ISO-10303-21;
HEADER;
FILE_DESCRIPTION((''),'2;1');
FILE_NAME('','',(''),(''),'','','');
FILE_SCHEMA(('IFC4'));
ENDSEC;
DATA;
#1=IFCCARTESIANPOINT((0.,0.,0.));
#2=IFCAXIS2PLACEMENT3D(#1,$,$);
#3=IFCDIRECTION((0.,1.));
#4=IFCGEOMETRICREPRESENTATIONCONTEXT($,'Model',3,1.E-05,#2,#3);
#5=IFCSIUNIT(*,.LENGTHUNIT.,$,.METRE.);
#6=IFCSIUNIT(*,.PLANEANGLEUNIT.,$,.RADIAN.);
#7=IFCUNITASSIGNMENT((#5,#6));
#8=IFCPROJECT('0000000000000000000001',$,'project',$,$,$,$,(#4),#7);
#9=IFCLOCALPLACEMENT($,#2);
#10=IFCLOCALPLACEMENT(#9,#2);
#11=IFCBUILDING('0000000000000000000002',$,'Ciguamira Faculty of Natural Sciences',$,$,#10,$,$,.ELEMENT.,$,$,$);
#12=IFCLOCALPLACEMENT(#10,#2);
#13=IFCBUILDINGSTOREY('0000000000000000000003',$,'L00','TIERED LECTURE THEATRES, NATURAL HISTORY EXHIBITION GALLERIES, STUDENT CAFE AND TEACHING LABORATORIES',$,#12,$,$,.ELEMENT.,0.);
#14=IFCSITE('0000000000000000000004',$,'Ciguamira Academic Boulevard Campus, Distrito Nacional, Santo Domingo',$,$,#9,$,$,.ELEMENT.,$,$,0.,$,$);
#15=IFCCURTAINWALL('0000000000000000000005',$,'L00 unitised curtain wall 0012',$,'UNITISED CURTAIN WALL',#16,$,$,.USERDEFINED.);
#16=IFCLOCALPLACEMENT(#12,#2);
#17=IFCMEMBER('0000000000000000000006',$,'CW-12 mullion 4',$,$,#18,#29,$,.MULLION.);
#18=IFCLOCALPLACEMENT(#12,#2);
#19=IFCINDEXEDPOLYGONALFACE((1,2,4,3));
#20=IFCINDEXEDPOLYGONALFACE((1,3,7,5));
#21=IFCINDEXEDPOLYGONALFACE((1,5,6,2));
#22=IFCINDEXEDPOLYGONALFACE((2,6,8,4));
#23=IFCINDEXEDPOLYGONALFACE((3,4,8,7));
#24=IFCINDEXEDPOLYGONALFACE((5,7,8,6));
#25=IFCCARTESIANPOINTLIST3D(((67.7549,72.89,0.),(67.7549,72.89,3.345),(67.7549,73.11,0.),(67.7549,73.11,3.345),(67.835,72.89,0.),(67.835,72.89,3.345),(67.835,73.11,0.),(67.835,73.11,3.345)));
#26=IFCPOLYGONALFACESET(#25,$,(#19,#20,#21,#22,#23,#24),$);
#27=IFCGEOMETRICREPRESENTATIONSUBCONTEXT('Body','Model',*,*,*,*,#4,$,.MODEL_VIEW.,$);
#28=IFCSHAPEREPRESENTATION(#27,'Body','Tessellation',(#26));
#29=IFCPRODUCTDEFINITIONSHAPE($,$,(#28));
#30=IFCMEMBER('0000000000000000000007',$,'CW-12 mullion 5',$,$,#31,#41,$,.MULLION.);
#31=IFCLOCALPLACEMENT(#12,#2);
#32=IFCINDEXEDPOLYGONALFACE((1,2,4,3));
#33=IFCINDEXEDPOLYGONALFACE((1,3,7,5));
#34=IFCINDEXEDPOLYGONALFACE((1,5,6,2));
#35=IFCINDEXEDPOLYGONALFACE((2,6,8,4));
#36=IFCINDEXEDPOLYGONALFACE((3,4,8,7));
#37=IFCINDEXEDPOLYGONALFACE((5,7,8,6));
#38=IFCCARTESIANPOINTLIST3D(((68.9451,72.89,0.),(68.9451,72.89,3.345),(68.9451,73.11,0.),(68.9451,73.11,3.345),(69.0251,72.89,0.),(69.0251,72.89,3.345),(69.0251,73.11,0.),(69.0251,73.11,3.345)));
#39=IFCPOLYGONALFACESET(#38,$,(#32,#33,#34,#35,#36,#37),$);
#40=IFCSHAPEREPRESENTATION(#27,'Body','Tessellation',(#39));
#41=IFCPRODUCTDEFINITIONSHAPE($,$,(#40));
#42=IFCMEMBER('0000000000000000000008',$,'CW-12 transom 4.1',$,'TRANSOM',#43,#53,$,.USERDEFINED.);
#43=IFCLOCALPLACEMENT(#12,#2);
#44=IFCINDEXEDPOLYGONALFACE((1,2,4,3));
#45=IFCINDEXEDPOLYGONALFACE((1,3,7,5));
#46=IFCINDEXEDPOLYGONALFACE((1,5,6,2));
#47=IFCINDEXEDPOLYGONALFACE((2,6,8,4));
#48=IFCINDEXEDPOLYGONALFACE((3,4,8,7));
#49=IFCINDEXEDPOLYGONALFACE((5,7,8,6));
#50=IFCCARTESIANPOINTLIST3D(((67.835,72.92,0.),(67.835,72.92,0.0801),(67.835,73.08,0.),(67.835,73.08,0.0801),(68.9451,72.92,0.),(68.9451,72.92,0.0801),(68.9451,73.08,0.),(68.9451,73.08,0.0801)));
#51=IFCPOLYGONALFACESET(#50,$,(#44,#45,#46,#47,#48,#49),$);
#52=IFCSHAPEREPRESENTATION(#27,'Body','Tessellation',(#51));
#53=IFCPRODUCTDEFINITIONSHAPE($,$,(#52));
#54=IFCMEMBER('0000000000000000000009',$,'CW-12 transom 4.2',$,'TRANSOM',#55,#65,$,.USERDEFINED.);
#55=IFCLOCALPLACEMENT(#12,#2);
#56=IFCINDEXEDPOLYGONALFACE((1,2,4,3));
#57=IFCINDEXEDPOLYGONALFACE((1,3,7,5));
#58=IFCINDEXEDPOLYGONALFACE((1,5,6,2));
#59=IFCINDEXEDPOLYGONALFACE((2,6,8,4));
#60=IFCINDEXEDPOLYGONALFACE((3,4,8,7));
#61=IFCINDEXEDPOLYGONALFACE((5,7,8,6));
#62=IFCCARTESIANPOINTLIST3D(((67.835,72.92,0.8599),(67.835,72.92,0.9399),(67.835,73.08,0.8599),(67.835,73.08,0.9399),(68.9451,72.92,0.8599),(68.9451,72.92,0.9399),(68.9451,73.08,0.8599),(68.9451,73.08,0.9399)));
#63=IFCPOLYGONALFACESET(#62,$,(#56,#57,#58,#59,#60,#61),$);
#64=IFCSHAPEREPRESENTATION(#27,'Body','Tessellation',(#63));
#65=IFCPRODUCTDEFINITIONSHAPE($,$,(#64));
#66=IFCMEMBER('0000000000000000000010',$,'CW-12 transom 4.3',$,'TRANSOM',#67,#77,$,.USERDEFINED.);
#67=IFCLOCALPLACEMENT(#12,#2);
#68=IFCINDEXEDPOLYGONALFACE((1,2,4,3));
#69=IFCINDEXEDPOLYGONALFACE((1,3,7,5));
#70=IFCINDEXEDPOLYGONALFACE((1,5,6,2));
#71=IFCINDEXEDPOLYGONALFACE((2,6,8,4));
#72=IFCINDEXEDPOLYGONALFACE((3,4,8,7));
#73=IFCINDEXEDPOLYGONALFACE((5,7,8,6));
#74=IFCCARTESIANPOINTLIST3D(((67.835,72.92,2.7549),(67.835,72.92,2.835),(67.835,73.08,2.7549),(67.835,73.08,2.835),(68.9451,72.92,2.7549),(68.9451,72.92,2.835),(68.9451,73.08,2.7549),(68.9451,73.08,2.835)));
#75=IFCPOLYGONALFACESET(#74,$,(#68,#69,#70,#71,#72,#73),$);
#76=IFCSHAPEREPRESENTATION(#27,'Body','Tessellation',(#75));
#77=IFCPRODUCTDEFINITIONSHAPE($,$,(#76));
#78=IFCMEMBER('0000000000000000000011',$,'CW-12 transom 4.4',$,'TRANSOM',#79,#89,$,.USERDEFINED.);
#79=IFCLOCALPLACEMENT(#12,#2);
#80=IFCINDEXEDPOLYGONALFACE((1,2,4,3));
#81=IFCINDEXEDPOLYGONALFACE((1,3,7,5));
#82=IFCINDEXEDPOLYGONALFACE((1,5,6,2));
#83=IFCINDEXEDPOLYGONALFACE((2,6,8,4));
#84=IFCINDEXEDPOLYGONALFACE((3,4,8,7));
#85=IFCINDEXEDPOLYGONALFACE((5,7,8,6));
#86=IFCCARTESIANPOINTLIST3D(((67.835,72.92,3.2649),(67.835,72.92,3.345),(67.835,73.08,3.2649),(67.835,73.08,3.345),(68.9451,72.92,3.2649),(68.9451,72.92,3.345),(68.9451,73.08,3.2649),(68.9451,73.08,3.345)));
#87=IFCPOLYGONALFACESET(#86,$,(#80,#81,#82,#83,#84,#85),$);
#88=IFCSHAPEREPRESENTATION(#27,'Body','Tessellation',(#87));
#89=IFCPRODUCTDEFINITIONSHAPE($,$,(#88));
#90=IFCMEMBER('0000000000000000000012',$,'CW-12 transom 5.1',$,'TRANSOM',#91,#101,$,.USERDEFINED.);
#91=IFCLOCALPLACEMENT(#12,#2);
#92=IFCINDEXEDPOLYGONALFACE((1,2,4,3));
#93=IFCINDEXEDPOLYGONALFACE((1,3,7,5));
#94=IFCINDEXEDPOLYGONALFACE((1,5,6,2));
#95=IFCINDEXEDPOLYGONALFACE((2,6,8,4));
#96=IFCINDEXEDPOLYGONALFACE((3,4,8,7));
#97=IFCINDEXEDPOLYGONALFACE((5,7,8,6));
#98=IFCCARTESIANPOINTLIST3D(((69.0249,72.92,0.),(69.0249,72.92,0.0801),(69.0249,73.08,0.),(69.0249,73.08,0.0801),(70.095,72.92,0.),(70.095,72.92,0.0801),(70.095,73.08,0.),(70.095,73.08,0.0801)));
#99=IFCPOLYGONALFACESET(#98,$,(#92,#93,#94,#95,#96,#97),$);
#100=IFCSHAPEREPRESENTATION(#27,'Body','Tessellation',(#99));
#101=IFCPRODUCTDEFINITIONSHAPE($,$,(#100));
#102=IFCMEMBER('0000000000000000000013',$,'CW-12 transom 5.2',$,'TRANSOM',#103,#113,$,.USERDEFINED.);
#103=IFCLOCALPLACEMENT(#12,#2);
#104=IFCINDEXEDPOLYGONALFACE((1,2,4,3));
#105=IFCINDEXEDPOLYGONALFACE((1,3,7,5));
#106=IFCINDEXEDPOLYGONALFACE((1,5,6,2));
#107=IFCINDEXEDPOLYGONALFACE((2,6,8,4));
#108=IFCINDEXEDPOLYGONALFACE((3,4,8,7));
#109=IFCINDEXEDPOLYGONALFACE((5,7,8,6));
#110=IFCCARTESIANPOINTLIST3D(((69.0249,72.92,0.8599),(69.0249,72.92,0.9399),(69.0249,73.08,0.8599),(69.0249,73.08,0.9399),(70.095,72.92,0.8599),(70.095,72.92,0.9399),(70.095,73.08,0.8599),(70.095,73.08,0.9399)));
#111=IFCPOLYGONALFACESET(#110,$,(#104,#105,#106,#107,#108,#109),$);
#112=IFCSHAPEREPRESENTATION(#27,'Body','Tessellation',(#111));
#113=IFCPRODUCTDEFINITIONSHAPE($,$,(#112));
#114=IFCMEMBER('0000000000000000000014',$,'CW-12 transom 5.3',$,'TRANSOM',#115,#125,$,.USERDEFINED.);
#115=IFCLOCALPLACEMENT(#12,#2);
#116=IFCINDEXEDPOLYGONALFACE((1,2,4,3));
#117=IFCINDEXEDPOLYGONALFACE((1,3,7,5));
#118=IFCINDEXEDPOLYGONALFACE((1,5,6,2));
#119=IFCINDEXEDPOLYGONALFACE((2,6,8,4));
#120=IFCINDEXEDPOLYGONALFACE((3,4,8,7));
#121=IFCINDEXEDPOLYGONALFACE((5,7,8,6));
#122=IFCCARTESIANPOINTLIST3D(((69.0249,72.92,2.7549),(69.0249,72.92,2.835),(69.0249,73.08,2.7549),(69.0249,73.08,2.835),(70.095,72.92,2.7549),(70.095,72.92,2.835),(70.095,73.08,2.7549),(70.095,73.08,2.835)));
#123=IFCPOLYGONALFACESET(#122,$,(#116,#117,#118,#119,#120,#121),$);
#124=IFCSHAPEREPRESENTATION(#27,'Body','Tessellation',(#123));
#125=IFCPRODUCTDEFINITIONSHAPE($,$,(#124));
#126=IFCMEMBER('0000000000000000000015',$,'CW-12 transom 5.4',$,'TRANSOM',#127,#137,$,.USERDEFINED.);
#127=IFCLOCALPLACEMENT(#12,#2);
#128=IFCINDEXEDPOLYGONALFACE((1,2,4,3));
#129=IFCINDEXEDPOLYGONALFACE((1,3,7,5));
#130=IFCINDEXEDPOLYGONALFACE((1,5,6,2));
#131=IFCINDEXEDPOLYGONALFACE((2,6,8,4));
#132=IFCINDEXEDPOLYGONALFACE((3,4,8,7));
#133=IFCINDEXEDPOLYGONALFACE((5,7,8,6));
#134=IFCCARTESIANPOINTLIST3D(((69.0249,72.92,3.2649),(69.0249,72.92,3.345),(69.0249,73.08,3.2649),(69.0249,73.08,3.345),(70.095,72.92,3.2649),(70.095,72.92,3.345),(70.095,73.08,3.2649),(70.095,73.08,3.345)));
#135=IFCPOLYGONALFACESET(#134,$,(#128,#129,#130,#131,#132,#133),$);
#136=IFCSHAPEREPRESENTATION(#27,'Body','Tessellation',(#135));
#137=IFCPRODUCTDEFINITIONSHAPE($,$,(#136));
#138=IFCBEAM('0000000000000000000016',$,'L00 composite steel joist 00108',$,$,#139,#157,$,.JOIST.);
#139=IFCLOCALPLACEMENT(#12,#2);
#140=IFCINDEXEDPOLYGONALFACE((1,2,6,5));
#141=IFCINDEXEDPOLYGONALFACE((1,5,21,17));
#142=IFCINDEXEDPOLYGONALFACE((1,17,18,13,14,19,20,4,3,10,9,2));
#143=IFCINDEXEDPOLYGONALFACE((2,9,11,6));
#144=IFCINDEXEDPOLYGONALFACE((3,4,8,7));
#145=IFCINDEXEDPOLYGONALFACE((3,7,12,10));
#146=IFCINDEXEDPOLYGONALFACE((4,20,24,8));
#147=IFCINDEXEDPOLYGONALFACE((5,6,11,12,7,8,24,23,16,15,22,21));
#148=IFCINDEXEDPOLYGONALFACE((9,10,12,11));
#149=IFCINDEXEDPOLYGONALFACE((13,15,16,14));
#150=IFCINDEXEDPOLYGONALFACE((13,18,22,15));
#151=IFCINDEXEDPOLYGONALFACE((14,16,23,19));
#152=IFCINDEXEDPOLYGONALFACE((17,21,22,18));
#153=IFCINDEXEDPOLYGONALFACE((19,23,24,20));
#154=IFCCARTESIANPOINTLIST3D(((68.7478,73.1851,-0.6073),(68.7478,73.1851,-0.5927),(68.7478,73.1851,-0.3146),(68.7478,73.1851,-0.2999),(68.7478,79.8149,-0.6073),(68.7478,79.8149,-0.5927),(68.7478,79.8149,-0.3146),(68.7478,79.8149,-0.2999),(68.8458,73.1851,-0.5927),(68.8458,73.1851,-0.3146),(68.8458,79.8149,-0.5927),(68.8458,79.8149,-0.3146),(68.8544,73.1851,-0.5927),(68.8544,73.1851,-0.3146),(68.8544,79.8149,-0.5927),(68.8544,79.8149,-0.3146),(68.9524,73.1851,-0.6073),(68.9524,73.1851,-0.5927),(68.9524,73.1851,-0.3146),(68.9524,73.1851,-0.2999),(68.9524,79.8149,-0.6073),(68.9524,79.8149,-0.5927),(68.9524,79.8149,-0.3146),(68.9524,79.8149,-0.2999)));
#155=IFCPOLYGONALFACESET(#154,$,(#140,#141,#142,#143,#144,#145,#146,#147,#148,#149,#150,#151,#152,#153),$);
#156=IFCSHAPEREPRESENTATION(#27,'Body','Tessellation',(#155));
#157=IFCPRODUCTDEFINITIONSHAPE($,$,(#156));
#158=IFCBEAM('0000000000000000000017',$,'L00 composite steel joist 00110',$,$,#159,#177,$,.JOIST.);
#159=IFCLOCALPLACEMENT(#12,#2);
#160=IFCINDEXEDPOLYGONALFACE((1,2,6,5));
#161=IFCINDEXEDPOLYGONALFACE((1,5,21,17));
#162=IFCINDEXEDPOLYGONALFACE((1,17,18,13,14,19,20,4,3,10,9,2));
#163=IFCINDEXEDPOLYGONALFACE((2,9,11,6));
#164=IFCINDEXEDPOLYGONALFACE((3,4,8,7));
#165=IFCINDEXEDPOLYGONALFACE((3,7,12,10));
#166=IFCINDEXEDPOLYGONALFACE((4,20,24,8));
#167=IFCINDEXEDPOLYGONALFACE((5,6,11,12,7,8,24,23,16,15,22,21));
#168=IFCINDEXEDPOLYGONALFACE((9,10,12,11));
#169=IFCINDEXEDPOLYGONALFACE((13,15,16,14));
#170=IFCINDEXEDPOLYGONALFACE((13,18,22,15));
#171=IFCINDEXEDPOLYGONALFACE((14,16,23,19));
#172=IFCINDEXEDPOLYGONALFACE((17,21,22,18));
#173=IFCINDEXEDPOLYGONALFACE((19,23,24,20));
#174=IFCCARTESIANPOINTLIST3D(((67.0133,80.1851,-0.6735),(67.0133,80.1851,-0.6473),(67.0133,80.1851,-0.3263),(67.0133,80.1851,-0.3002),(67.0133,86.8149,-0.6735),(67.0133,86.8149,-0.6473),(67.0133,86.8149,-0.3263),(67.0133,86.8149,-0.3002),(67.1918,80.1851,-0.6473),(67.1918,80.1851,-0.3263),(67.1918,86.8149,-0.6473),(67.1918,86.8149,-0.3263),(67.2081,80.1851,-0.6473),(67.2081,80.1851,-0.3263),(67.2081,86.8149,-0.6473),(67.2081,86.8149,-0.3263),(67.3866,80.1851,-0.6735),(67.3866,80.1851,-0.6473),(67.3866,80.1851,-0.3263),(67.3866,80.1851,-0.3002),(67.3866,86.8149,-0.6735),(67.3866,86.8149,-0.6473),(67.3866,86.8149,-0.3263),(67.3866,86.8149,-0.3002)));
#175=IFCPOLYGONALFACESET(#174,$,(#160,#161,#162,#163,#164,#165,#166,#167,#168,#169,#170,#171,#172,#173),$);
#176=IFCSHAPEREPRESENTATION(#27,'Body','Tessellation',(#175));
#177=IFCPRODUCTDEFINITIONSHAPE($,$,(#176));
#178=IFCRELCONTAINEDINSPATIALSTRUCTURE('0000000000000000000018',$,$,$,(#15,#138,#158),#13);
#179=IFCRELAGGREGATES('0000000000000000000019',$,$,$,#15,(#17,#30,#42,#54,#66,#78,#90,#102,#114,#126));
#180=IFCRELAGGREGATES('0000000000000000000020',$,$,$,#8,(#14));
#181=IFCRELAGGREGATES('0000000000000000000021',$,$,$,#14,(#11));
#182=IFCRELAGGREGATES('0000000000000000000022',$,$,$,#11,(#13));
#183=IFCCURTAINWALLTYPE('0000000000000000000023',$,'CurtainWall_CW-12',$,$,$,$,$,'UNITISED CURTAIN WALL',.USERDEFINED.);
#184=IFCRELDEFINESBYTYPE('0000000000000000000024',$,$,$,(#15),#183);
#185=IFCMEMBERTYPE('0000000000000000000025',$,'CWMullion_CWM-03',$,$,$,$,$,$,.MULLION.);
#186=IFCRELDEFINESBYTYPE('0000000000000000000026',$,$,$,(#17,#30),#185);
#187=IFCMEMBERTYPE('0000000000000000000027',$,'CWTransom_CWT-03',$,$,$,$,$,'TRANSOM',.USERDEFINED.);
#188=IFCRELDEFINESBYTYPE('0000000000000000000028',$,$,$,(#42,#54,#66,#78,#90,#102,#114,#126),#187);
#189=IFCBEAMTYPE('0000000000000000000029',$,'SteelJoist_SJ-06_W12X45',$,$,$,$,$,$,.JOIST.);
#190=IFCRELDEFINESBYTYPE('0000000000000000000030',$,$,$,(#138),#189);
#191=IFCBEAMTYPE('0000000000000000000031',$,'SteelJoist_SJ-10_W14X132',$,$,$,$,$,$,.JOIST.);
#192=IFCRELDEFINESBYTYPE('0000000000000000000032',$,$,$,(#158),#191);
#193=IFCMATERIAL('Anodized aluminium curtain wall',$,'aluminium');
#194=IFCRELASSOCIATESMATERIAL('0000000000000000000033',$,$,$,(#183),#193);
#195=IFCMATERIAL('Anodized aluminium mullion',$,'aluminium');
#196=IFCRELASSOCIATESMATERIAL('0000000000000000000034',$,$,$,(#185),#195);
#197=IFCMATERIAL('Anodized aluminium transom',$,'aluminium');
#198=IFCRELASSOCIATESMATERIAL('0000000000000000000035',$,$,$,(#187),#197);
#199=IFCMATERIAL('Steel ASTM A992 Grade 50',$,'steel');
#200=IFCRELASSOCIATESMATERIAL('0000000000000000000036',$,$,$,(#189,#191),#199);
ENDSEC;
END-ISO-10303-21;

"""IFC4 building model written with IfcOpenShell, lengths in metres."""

from ifc_helpers import new_model, si_unit, direction, frame, origin, origin_2d, place, context, subcontext, project, spatial, rectangle, i_section, extrude, material, material_profile, profile_set, type_object, element, aggregate, save


model = new_model("IFC4")

# Units and contexts
model_context = context("Model", 3, precision=1e-05, world=origin(), true_north=direction((0.0, 1.0)))
body_context = subcontext(model_context, "Body", "Model", "MODEL_VIEW")
ifc_project = project(units=[si_unit("LENGTHUNIT", "METRE"), si_unit("PLANEANGLEUNIT", "RADIAN")], contexts=[model_context])

# Site, building, storey
site_placement = place(None, origin())
site = spatial("IfcSite", under=ifc_project, at=site_placement, Name="Ciguamira Academic Boulevard Campus, Distrito Nacional, Santo Domingo", CompositionType="ELEMENT", RefElevation=0.0)
building_placement = place(site_placement, origin())
building = spatial("IfcBuilding", under=site, at=building_placement, Name="Ciguamira Faculty of Natural Sciences", CompositionType="ELEMENT")
storey_placement = place(building_placement, origin())
storey = spatial("IfcBuildingStorey", under=building, at=storey_placement, Name="L00", Description="TIERED LECTURE THEATRES, NATURAL HISTORY EXHIBITION GALLERIES, STUDENT CAFE AND TEACHING LABORATORIES", CompositionType="ELEMENT", Elevation=0.0)

# Curtain wall, members
ifc_material_1 = material(Name="Anodized aluminium curtain wall", Category="aluminium")
curtain_wall_type = type_object("IfcCurtainWallType", Name="CurtainWall_CW-12", ElementType="UNITISED CURTAIN WALL", PredefinedType="USERDEFINED", material=ifc_material_1)
curtain_wall_placement = place(storey_placement, origin())
curtain_wall = element("IfcCurtainWall", 1, at=curtain_wall_placement, inside=storey, type_object=curtain_wall_type, Name="L00 unitised curtain wall 0012", ObjectType="UNITISED CURTAIN WALL", PredefinedType="USERDEFINED")
ifc_material_2 = material(Name="Anodized aluminium mullion", Category="aluminium")
ifc_material_profile_1 = material_profile(ifc_material_2, rectangle(XDim=0.0801, YDim=0.22, at=origin_2d()), Name="ALU-MUL-80X220")
ifc_profile_set_1 = profile_set([ifc_material_profile_1], Name="Anodized aluminium mullion")
member_type_1 = type_object("IfcMemberType", Name="CWMullion_CWM-03", PredefinedType="MULLION", material=ifc_profile_set_1)
member_1_placement = place(storey_placement, frame((67.7949, 73.0, 0.0), z_axis=(0.0, 0.0, 1.0), x_axis=(1.0, 0.0, 0.0)))
member_1 = element("IfcMember", 2, at=member_1_placement, type_object=member_type_1, Name="CW-12 mullion 4", PredefinedType="MULLION", context=body_context, shape_type="SweptSolid", body=[
    extrude(rectangle(XDim=0.0801, YDim=0.22, at=origin_2d()), origin(), (0.0, 0.0, 1.0), 3.345),
])
member_2_placement = place(storey_placement, frame((68.9851, 73.0, 0.0), z_axis=(0.0, 0.0, 1.0), x_axis=(1.0, 0.0, 0.0)))
member_2 = element("IfcMember", 3, at=member_2_placement, type_object=member_type_1, Name="CW-12 mullion 5", PredefinedType="MULLION", context=body_context, shape_type="SweptSolid", body=[
    extrude(rectangle(XDim=0.0801, YDim=0.22, at=origin_2d()), origin(), (0.0, 0.0, 1.0), 3.345),
])
ifc_material_3 = material(Name="Anodized aluminium transom", Category="aluminium")
ifc_material_profile_2 = material_profile(ifc_material_3, rectangle(XDim=0.0801, YDim=0.1599, at=origin_2d()), Name="ALU-TRN-80X160")
ifc_profile_set_2 = profile_set([ifc_material_profile_2], Name="Anodized aluminium transom")
member_type_2 = type_object("IfcMemberType", Name="CWTransom_CWT-03", ElementType="TRANSOM", PredefinedType="USERDEFINED", material=ifc_profile_set_2)
member_3_placement = place(storey_placement, frame((67.835, 73.0, 0.04), z_axis=(1.0, 0.0, 0.0), x_axis=(0.0, 0.0, 1.0)))
member_3 = element("IfcMember", 4, at=member_3_placement, type_object=member_type_2, Name="CW-12 transom 4.1", ObjectType="TRANSOM", PredefinedType="USERDEFINED", context=body_context, shape_type="SweptSolid", body=[
    extrude(rectangle(XDim=0.0801, YDim=0.1599, at=origin_2d()), origin(), (0.0, 0.0, 1.0), 1.1101),
])
member_4_placement = place(storey_placement, frame((67.835, 73.0, 0.8999), z_axis=(1.0, 0.0, 0.0), x_axis=(0.0, 0.0, 1.0)))
member_4 = element("IfcMember", 5, at=member_4_placement, type_object=member_type_2, Name="CW-12 transom 4.2", ObjectType="TRANSOM", PredefinedType="USERDEFINED", context=body_context, shape_type="SweptSolid", body=[
    extrude(rectangle(XDim=0.0801, YDim=0.1599, at=origin_2d()), origin(), (0.0, 0.0, 1.0), 1.1101),
])
member_5_placement = place(storey_placement, frame((67.835, 73.0, 2.7949), z_axis=(1.0, 0.0, 0.0), x_axis=(0.0, 0.0, 1.0)))
member_5 = element("IfcMember", 6, at=member_5_placement, type_object=member_type_2, Name="CW-12 transom 4.3", ObjectType="TRANSOM", PredefinedType="USERDEFINED", context=body_context, shape_type="SweptSolid", body=[
    extrude(rectangle(XDim=0.0801, YDim=0.1599, at=origin_2d()), origin(), (0.0, 0.0, 1.0), 1.1101),
])
member_6_placement = place(storey_placement, frame((67.835, 73.0, 3.3049), z_axis=(1.0, 0.0, 0.0), x_axis=(0.0, 0.0, 1.0)))
member_6 = element("IfcMember", 7, at=member_6_placement, type_object=member_type_2, Name="CW-12 transom 4.4", ObjectType="TRANSOM", PredefinedType="USERDEFINED", context=body_context, shape_type="SweptSolid", body=[
    extrude(rectangle(XDim=0.0801, YDim=0.1599, at=origin_2d()), origin(), (0.0, 0.0, 1.0), 1.1101),
])
member_7_placement = place(storey_placement, frame((69.0249, 73.0, 0.04), z_axis=(1.0, 0.0, 0.0), x_axis=(0.0, 0.0, 1.0)))
member_7 = element("IfcMember", 8, at=member_7_placement, type_object=member_type_2, Name="CW-12 transom 5.1", ObjectType="TRANSOM", PredefinedType="USERDEFINED", context=body_context, shape_type="SweptSolid", body=[
    extrude(rectangle(XDim=0.0801, YDim=0.1599, at=origin_2d()), origin(), (0.0, 0.0, 1.0), 1.0701),
])
member_8_placement = place(storey_placement, frame((69.0249, 73.0, 0.8999), z_axis=(1.0, 0.0, 0.0), x_axis=(0.0, 0.0, 1.0)))
member_8 = element("IfcMember", 9, at=member_8_placement, type_object=member_type_2, Name="CW-12 transom 5.2", ObjectType="TRANSOM", PredefinedType="USERDEFINED", context=body_context, shape_type="SweptSolid", body=[
    extrude(rectangle(XDim=0.0801, YDim=0.1599, at=origin_2d()), origin(), (0.0, 0.0, 1.0), 1.0701),
])
member_9_placement = place(storey_placement, frame((69.0249, 73.0, 2.7949), z_axis=(1.0, 0.0, 0.0), x_axis=(0.0, 0.0, 1.0)))
member_9 = element("IfcMember", 10, at=member_9_placement, type_object=member_type_2, Name="CW-12 transom 5.3", ObjectType="TRANSOM", PredefinedType="USERDEFINED", context=body_context, shape_type="SweptSolid", body=[
    extrude(rectangle(XDim=0.0801, YDim=0.1599, at=origin_2d()), origin(), (0.0, 0.0, 1.0), 1.0701),
])
member_10_placement = place(storey_placement, frame((69.0249, 73.0, 3.3049), z_axis=(1.0, 0.0, 0.0), x_axis=(0.0, 0.0, 1.0)))
member_10 = element("IfcMember", 11, at=member_10_placement, type_object=member_type_2, Name="CW-12 transom 5.4", ObjectType="TRANSOM", PredefinedType="USERDEFINED", context=body_context, shape_type="SweptSolid", body=[
    extrude(rectangle(XDim=0.0801, YDim=0.1599, at=origin_2d()), origin(), (0.0, 0.0, 1.0), 1.0701),
])

# Beams
ifc_material_4 = material(Name="Steel ASTM A992 Grade 50", Category="steel")
ifc_material_profile_3 = material_profile(ifc_material_4, i_section(OverallWidth=0.2046, OverallDepth=0.3074, WebThickness=0.0085, FlangeThickness=0.0146, at=origin_2d()), Name="W12X45")
ifc_profile_set_3 = profile_set([ifc_material_profile_3], Name="Steel ASTM A992 Grade 50")
beam_type_1 = type_object("IfcBeamType", Name="SteelJoist_SJ-06_W12X45", PredefinedType="JOIST", material=ifc_profile_set_3)
beam_1_placement = place(storey_placement, frame((68.8501, 73.1851, -0.4536), z_axis=(0.0, 1.0, 0.0), x_axis=(-1.0, 0.0, 0.0)))
element("IfcBeam", 12, at=beam_1_placement, inside=storey, type_object=beam_type_1, Name="L00 composite steel joist 00108", PredefinedType="JOIST", context=body_context, shape_type="SweptSolid", body=[
    extrude(i_section(OverallWidth=0.2046, OverallDepth=0.3074, WebThickness=0.0085, FlangeThickness=0.0146, at=origin_2d()), origin(), (0.0, 0.0, 1.0), 6.6299),
])
ifc_material_profile_4 = material_profile(ifc_material_4, i_section(OverallWidth=0.3733, OverallDepth=0.3733, WebThickness=0.0164, FlangeThickness=0.0261, at=origin_2d()), Name="W14X132")
ifc_profile_set_4 = profile_set([ifc_material_profile_4], Name="Steel ASTM A992 Grade 50")
beam_type_2 = type_object("IfcBeamType", Name="SteelJoist_SJ-10_W14X132", PredefinedType="JOIST", material=ifc_profile_set_4)
beam_2_placement = place(storey_placement, frame((67.2, 80.1851, -0.4868), z_axis=(0.0, 1.0, 0.0), x_axis=(-1.0, 0.0, 0.0)))
element("IfcBeam", 13, at=beam_2_placement, inside=storey, type_object=beam_type_2, Name="L00 composite steel joist 00110", PredefinedType="JOIST", context=body_context, shape_type="SweptSolid", body=[
    extrude(i_section(OverallWidth=0.3733, OverallDepth=0.3733, WebThickness=0.0164, FlangeThickness=0.0261, at=origin_2d()), origin(), (0.0, 0.0, 1.0), 6.6299),
])

aggregate(curtain_wall, [member_1, member_2, member_3, member_4, member_5, member_6, member_7, member_8, member_9, member_10])

save(model, "model.ifc")
